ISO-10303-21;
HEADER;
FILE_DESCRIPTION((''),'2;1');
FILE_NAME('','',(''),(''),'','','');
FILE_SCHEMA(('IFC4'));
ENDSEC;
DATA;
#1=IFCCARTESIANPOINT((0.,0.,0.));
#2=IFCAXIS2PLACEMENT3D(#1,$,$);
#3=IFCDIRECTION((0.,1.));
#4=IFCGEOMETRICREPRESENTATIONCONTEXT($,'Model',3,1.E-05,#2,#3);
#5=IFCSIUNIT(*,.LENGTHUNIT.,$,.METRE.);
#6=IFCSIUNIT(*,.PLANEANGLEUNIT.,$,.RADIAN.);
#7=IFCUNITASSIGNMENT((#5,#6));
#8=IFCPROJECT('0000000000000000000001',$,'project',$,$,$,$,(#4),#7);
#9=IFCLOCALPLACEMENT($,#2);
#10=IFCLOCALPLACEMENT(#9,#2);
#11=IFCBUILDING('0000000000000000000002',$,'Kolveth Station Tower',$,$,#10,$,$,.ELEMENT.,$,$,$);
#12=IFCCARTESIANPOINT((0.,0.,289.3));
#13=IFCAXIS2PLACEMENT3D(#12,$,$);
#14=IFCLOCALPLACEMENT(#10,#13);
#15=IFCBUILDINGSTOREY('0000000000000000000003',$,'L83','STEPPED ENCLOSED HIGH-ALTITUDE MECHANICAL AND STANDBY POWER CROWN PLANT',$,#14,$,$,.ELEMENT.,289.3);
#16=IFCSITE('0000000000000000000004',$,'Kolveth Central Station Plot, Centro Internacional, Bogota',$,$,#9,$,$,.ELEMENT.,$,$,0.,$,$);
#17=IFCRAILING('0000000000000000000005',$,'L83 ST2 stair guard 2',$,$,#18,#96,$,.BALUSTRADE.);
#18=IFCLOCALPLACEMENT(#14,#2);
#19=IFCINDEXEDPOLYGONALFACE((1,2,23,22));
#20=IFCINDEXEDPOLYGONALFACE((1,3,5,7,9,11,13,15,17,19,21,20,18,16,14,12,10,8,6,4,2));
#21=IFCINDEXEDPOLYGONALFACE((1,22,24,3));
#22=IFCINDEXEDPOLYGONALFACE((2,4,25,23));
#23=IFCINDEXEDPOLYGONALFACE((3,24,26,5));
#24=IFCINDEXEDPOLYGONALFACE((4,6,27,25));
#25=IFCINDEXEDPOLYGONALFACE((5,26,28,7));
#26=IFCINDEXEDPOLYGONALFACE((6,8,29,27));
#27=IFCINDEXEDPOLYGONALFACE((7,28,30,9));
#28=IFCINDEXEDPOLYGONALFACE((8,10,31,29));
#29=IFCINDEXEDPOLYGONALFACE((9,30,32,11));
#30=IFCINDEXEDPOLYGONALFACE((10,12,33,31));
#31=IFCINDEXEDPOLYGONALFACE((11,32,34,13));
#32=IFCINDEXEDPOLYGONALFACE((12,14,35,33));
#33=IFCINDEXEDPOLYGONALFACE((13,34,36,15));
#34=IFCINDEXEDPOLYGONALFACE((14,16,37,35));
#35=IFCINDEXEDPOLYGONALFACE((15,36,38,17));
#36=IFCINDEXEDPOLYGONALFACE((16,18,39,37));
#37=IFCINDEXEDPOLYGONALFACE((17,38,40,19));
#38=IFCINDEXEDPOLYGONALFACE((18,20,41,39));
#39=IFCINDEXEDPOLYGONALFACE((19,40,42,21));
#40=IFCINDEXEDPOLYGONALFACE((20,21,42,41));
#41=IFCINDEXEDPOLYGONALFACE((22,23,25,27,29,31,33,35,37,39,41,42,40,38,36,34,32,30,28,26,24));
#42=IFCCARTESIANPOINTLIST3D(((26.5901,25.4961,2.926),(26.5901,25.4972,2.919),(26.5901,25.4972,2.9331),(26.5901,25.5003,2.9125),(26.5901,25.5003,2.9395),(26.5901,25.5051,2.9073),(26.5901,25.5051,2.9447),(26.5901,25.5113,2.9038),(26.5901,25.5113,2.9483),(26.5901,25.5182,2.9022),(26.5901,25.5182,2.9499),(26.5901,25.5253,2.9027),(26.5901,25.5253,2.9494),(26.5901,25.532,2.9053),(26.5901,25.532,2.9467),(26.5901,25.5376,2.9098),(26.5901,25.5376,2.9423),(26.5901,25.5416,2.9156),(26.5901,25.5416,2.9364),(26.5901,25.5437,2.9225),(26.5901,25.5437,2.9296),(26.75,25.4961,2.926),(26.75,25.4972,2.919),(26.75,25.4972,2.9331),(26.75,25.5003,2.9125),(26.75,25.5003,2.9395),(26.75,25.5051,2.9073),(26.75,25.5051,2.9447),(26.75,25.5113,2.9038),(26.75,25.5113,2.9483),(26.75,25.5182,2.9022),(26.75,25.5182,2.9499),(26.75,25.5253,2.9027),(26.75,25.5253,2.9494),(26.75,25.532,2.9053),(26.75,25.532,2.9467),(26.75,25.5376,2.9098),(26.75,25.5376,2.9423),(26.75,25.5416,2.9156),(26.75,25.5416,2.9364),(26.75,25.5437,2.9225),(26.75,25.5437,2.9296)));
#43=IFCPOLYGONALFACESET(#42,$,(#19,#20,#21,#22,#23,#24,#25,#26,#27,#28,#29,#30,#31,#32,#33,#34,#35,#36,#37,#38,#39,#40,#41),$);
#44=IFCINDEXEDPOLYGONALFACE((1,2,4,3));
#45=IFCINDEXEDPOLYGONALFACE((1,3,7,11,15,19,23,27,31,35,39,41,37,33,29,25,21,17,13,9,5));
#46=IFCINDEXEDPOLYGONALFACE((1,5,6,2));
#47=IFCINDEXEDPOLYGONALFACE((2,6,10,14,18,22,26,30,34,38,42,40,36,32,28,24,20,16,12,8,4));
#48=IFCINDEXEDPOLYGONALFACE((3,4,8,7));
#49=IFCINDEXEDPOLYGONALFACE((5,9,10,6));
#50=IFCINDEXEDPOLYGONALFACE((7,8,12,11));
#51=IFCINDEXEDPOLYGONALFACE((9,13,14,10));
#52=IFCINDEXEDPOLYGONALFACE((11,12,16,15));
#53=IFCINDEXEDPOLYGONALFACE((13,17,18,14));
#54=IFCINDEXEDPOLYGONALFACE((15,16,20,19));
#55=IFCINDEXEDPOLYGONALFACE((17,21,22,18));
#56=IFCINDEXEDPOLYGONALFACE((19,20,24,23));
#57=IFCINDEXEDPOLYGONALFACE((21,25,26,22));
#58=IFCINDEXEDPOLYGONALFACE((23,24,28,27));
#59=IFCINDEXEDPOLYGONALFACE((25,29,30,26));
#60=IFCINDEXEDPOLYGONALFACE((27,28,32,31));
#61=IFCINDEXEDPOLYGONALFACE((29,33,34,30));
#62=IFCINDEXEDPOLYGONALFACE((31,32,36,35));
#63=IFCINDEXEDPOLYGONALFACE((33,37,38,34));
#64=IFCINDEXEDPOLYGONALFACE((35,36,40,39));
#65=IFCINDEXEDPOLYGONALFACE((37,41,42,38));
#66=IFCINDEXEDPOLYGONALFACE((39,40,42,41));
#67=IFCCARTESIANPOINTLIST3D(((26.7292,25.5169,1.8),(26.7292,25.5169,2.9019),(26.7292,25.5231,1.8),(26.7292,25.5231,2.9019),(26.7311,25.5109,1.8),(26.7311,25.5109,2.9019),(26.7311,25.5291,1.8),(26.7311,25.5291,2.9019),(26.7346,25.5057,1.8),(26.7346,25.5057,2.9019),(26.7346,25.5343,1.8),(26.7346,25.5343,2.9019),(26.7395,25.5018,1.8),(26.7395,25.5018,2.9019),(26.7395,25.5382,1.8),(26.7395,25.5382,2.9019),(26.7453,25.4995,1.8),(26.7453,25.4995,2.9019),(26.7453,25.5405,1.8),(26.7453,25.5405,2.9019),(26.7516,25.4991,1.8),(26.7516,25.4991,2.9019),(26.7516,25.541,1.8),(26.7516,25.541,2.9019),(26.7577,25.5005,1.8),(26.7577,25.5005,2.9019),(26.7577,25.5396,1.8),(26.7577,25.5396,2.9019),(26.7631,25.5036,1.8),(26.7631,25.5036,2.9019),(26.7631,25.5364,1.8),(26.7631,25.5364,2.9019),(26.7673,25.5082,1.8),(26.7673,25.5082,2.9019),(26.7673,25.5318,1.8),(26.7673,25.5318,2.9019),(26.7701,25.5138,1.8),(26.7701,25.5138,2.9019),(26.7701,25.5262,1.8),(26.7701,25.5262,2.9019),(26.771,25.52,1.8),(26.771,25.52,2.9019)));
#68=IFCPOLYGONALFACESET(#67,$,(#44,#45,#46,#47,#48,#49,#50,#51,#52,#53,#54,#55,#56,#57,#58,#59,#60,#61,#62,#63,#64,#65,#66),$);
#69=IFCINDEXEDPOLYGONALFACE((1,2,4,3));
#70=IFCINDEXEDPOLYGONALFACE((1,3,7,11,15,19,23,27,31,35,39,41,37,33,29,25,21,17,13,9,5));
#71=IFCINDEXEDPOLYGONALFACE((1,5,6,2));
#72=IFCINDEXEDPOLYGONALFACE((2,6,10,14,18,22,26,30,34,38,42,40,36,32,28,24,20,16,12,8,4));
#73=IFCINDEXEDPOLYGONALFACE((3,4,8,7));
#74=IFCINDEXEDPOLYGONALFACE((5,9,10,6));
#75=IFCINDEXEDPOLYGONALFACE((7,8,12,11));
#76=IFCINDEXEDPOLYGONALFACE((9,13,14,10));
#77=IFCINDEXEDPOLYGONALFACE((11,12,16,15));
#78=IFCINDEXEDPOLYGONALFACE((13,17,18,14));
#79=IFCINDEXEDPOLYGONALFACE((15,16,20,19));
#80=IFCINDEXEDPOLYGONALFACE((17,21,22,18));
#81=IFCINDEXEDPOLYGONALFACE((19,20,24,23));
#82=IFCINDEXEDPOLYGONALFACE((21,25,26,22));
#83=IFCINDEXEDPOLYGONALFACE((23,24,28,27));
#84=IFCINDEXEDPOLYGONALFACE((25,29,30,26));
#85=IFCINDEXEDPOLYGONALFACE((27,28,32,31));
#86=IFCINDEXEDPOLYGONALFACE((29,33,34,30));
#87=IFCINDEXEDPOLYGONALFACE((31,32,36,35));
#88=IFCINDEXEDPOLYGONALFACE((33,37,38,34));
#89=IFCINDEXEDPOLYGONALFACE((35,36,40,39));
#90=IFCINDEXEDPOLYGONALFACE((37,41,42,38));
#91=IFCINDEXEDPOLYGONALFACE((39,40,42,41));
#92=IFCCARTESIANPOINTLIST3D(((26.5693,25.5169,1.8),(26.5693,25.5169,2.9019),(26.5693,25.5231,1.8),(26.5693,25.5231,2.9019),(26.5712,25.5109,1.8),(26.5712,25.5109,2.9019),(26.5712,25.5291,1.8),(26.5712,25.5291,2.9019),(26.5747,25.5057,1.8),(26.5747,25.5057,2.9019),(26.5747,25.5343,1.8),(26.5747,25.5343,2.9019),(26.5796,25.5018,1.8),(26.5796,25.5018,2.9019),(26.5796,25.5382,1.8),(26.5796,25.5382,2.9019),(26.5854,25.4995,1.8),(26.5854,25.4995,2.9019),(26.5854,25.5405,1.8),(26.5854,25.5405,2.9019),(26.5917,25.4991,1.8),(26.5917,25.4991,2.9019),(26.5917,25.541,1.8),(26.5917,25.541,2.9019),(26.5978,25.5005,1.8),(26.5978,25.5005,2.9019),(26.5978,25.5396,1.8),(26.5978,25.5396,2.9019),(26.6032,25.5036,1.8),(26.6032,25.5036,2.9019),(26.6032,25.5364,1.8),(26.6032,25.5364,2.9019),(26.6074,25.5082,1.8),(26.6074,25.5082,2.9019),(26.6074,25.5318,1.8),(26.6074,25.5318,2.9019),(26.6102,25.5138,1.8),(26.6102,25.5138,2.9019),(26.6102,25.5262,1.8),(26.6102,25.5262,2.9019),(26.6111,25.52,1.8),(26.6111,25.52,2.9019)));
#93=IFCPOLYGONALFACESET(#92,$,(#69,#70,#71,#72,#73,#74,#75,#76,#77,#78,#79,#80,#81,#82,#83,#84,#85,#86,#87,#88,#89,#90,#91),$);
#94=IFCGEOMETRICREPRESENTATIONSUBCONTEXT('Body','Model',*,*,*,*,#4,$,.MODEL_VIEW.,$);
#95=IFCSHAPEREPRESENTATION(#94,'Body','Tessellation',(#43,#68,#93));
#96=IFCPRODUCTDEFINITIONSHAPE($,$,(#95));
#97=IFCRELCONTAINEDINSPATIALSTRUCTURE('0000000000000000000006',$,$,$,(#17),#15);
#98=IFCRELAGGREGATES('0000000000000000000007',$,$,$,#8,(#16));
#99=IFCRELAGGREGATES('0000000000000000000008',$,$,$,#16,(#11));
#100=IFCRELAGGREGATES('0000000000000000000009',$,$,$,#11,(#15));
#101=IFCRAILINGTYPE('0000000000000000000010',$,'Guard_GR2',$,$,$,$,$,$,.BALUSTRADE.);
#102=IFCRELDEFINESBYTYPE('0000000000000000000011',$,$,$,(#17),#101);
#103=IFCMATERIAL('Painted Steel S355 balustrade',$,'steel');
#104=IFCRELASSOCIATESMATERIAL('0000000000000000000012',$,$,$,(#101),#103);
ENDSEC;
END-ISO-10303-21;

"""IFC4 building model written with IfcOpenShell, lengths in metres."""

from ifc_helpers import new_model, si_unit, direction, frame, origin, origin_2d, place, context, subcontext, project, spatial, circle, extrude, material, type_object, element, save


model = new_model("IFC4")

# Units and contexts
model_context = context("Model", 3, precision=1e-05, world=origin(), true_north=direction((0.0, 1.0)))
body_context = subcontext(model_context, "Body", "Model", "MODEL_VIEW")
ifc_project = project(units=[si_unit("LENGTHUNIT", "METRE"), si_unit("PLANEANGLEUNIT", "RADIAN")], contexts=[model_context])

# Site, building, storey
site_placement = place(None, origin())
site = spatial("IfcSite", under=ifc_project, at=site_placement, Name="Kolveth Central Station Plot, Centro Internacional, Bogota", CompositionType="ELEMENT", RefElevation=0.0)
building_placement = place(site_placement, origin())
building = spatial("IfcBuilding", under=site, at=building_placement, Name="Kolveth Station Tower", CompositionType="ELEMENT")
storey_placement = place(building_placement, frame((0.0, 0.0, 289.3)))
storey = spatial("IfcBuildingStorey", under=building, at=storey_placement, Name="L83", Description="STEPPED ENCLOSED HIGH-ALTITUDE MECHANICAL AND STANDBY POWER CROWN PLANT", CompositionType="ELEMENT", Elevation=289.3)

# Railing
ifc_material_1 = material(Name="Painted Steel S355 balustrade", Category="steel")
railing_type_1 = type_object("IfcRailingType", Name="Guard_GR2", PredefinedType="BALUSTRADE", material=ifc_material_1)
railing_1_placement = place(storey_placement, frame((26.75, 25.52, 1.8)))
element("IfcRailing", 1, at=railing_1_placement, inside=storey, type_object=railing_type_1, Name="L83 ST2 stair guard 2", PredefinedType="BALUSTRADE", context=body_context, shape_type="SweptSolid", body=[
    extrude(circle(Radius=0.0239, at=origin_2d()), frame((0.0, 0.0, 1.126), z_axis=(-1.0, 0.0, 0.0), x_axis=(0.0, -1.0, 0.0)), (0.0, 0.0, 1.0), 0.1599),
    extrude(circle(Radius=0.021, at=origin_2d()), origin(), (0.0, 0.0, 1.0), 1.1018),
    extrude(circle(Radius=0.021, at=origin_2d()), frame((-0.1599, 0.0, 0.0)), (0.0, 0.0, 1.0), 1.1018),
])

save(model, "model.ifc")
